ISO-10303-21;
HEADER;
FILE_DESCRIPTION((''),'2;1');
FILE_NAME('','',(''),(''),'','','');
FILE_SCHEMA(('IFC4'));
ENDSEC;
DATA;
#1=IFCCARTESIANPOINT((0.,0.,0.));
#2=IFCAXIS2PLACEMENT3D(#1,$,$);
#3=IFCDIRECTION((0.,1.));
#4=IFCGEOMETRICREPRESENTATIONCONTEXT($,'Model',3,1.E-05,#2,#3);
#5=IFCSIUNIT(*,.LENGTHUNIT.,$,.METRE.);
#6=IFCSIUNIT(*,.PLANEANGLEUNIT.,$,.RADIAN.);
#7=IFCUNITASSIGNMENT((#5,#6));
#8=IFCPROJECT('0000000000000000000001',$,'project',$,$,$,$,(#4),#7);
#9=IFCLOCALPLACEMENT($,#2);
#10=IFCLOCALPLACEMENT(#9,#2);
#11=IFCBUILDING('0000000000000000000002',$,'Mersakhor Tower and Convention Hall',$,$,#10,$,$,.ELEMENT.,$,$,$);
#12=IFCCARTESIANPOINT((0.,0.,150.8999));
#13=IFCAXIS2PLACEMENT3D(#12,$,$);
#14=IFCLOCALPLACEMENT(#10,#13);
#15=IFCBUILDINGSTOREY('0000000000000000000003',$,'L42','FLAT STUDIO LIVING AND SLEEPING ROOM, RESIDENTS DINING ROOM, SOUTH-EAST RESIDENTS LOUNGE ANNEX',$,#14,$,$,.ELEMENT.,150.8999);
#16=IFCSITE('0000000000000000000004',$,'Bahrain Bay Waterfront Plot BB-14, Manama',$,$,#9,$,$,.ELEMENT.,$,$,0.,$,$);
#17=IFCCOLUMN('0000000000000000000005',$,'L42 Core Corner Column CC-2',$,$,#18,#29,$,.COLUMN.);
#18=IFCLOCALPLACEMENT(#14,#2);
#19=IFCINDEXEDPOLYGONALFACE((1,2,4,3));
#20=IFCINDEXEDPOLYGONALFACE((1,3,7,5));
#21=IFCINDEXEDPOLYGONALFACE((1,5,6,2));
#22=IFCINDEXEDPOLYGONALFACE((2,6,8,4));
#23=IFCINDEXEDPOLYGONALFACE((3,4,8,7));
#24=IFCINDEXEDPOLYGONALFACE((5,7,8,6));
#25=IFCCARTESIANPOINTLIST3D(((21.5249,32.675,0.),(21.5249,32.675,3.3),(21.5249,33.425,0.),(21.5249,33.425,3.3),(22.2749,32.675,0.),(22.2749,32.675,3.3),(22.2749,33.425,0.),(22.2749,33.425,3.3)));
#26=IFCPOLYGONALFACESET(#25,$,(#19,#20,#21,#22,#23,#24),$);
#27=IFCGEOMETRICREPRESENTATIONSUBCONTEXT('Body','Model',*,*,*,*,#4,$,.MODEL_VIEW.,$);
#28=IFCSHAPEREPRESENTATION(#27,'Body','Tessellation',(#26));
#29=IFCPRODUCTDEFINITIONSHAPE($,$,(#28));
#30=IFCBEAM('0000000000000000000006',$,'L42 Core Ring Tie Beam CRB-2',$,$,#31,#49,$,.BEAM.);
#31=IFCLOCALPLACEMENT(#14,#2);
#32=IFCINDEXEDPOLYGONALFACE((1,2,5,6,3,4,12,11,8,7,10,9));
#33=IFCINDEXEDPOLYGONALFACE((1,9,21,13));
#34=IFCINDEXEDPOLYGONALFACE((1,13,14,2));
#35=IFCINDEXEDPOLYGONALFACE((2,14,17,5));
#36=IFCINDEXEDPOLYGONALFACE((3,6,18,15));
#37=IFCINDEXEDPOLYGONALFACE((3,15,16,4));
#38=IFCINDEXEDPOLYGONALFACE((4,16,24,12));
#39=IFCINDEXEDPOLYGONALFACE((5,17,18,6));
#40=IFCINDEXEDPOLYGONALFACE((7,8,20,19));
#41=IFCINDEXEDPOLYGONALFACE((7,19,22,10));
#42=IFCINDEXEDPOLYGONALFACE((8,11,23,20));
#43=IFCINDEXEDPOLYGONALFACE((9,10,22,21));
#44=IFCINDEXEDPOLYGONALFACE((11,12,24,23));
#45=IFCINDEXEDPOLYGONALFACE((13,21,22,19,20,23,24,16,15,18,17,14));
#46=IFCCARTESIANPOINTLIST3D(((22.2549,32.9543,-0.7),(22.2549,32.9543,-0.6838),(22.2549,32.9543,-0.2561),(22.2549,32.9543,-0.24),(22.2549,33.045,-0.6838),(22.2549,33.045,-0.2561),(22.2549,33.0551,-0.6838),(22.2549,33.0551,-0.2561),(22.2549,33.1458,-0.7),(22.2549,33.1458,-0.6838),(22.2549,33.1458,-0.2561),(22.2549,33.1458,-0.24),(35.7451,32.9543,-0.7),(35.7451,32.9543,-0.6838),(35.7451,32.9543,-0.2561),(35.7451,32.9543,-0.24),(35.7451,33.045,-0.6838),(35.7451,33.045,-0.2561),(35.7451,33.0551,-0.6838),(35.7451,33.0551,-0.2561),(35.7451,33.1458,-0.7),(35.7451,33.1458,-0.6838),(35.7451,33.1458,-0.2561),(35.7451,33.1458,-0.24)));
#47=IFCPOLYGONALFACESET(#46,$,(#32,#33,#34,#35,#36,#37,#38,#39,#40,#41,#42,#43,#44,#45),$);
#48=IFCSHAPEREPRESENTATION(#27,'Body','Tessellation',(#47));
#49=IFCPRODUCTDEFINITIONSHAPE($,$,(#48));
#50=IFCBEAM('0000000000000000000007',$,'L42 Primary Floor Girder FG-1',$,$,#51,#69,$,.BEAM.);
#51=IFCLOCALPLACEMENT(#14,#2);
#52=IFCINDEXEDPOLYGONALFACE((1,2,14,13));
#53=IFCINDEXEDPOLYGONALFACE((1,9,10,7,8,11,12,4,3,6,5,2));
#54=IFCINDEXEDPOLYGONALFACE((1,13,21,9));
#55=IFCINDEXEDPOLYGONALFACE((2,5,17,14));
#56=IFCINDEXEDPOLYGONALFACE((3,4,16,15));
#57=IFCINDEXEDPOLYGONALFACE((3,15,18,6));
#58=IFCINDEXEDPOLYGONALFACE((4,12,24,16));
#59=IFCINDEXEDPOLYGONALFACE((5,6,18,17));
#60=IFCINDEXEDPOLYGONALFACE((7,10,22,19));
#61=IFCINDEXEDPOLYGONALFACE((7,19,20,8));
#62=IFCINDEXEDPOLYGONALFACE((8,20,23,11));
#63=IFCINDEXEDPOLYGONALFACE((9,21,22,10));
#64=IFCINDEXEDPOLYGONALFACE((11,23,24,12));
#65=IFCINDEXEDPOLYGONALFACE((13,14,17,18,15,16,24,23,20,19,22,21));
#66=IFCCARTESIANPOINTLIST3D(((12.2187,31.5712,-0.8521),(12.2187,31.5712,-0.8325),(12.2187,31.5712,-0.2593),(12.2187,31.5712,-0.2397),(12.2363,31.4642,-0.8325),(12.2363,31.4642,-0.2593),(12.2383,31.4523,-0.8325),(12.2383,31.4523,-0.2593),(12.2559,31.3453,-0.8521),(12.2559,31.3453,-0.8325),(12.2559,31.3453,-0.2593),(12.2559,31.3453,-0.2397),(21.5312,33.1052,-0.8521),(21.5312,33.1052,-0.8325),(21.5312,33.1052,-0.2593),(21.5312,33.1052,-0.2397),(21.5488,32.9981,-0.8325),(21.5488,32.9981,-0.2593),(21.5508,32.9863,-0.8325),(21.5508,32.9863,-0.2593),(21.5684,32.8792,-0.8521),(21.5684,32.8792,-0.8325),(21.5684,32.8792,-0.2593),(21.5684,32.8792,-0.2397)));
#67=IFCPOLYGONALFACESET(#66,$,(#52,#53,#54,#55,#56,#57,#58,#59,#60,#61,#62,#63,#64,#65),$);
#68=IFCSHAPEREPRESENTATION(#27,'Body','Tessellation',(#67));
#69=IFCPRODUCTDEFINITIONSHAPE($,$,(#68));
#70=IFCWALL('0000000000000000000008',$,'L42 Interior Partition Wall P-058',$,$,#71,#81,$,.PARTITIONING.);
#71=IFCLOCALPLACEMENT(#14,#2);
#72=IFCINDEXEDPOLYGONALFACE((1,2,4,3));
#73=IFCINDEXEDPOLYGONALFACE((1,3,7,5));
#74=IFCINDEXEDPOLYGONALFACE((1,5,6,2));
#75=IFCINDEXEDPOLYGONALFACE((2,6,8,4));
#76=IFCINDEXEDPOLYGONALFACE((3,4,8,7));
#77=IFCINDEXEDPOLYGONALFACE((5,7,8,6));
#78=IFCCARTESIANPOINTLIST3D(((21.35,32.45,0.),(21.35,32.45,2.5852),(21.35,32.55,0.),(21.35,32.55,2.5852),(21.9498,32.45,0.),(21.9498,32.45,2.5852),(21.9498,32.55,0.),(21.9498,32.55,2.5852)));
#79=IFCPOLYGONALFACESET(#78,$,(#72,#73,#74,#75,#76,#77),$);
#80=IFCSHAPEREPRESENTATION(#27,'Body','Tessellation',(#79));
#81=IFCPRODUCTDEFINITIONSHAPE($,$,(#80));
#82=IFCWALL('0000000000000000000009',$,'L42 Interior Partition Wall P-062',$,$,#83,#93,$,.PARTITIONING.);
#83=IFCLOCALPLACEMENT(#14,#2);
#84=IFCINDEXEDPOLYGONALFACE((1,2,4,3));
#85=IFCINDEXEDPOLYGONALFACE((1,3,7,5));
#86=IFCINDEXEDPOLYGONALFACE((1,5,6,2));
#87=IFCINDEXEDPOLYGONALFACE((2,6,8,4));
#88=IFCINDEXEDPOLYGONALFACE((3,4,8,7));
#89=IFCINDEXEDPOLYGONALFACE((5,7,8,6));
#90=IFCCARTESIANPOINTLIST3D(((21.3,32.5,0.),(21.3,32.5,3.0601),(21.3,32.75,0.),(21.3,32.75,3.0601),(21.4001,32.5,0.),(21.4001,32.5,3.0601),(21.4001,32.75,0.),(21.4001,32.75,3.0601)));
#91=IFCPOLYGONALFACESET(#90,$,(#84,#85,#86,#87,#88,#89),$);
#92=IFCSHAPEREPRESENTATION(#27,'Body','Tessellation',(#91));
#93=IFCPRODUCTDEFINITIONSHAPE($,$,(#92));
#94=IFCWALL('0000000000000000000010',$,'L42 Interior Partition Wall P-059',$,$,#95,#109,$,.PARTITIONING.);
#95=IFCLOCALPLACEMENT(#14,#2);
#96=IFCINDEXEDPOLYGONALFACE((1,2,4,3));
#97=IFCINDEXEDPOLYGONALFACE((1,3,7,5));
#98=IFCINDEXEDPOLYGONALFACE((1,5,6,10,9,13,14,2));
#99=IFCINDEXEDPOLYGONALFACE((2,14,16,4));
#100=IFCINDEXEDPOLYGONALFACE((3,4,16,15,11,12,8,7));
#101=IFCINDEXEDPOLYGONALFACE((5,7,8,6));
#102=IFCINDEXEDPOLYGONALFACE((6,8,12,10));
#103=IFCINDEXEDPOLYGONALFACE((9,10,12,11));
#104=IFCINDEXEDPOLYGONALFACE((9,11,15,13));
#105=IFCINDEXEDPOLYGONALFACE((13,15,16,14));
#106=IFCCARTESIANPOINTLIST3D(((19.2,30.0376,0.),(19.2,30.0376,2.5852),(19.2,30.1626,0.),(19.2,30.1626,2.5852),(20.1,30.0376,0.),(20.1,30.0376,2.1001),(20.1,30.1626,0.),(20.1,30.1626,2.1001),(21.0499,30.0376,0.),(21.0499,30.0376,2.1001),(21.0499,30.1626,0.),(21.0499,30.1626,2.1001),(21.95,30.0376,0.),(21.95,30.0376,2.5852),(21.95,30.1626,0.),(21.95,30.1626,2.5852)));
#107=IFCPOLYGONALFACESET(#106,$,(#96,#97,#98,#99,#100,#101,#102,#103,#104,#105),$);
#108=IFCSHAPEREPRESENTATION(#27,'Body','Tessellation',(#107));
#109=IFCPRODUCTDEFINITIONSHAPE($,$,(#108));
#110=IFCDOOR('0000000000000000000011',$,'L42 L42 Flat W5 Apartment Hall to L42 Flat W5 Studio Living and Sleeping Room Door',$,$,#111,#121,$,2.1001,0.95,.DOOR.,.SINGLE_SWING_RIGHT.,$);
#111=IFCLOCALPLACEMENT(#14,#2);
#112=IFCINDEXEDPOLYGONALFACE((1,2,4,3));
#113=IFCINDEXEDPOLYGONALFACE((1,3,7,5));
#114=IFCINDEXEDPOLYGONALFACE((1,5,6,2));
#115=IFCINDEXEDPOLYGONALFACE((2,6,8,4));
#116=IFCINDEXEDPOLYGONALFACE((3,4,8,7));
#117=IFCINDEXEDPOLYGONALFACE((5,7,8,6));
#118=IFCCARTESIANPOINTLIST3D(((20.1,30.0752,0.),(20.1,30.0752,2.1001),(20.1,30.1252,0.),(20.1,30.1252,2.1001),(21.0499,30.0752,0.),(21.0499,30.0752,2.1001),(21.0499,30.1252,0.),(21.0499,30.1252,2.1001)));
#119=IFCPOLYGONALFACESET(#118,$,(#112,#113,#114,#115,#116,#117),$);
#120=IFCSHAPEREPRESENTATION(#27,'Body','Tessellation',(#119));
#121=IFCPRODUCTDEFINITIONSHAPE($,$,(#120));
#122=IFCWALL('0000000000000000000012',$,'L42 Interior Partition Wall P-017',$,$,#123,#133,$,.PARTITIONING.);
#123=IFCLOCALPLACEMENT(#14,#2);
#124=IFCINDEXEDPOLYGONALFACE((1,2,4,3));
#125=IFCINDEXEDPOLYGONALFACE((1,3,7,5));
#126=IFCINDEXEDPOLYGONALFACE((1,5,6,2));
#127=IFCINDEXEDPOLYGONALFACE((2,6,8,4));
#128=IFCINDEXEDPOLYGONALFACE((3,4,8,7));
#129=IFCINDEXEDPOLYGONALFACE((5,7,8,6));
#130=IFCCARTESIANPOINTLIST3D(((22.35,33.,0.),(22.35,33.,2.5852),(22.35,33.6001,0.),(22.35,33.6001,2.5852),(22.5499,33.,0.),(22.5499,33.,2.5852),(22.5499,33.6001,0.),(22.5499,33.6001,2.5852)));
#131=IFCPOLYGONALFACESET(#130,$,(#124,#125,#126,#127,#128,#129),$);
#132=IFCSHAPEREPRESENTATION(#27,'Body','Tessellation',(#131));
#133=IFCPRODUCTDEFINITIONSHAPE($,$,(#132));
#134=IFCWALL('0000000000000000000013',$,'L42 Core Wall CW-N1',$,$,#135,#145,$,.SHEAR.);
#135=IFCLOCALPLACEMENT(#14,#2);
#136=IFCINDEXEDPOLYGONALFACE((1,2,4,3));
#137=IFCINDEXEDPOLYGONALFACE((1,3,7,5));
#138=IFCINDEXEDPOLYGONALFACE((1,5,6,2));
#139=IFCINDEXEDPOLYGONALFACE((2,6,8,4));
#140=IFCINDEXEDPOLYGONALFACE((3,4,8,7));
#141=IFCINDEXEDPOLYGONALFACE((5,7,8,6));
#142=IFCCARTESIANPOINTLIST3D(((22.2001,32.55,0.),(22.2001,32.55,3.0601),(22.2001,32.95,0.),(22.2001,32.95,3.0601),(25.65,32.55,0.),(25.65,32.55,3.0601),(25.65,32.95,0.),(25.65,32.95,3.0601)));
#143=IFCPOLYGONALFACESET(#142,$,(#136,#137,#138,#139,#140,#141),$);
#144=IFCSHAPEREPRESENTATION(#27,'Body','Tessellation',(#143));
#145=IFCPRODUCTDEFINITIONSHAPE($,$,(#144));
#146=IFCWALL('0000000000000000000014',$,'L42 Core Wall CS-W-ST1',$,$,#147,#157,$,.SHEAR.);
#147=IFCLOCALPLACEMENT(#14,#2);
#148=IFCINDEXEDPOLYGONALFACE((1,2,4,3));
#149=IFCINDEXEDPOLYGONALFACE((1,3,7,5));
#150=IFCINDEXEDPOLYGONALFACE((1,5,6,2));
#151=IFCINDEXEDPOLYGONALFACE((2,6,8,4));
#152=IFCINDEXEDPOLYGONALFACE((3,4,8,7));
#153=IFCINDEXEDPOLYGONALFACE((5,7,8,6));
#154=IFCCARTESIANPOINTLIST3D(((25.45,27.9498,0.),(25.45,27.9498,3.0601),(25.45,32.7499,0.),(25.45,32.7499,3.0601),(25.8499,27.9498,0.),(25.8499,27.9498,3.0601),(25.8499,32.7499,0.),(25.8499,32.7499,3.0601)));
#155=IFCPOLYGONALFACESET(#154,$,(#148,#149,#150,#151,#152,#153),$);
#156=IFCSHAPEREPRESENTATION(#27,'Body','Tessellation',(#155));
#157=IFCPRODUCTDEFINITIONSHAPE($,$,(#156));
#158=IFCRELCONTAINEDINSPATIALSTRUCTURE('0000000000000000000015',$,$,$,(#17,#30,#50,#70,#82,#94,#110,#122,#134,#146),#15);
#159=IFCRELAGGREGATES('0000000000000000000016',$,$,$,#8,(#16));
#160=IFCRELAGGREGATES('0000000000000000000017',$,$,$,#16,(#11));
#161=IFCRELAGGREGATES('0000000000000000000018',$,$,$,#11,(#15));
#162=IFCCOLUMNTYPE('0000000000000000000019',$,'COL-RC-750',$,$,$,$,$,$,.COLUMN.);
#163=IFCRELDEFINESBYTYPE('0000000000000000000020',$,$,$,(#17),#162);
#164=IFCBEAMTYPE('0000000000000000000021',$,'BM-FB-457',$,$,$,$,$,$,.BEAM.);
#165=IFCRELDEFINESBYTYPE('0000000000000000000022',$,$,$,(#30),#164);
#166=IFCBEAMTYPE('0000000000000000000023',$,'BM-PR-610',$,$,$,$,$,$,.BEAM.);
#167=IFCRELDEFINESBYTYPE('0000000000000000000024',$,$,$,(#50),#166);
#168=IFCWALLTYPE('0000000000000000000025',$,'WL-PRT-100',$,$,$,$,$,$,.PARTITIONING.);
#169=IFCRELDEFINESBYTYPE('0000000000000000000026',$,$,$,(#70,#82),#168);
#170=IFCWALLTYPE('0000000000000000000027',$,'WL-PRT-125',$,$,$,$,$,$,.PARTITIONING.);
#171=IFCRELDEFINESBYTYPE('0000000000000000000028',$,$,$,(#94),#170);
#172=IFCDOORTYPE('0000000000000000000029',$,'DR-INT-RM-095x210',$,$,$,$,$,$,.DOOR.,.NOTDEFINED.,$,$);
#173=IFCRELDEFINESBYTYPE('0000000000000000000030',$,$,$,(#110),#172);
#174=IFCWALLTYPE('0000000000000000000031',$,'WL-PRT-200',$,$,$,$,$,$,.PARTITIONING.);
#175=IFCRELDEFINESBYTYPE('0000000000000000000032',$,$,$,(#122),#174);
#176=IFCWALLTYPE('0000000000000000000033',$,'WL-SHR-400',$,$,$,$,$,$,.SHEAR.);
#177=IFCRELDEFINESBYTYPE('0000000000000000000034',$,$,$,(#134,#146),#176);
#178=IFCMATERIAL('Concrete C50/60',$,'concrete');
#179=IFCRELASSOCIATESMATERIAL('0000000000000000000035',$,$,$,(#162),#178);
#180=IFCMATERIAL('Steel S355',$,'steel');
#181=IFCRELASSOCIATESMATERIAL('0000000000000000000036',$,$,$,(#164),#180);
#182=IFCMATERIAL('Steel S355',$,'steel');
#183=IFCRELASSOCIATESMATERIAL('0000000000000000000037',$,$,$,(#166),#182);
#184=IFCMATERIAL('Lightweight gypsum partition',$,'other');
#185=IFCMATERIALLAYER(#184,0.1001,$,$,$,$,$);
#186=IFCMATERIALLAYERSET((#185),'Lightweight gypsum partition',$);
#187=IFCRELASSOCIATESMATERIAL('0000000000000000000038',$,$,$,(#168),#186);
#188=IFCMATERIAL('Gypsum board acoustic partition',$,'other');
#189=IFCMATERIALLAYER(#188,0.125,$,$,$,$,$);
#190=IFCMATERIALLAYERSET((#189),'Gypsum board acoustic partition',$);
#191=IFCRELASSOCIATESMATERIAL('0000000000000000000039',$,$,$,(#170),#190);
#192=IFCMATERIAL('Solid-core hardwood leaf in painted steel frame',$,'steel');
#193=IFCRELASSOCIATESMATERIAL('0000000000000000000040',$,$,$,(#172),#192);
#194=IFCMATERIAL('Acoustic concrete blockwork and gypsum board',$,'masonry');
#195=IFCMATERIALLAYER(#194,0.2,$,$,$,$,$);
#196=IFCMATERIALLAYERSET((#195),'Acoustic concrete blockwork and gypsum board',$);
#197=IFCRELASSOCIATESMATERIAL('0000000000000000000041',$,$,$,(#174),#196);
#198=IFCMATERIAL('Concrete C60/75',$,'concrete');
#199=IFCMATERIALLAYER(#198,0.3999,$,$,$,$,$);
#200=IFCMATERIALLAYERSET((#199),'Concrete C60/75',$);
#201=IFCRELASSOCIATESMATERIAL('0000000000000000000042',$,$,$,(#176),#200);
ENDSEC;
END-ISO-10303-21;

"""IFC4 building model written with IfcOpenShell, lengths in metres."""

from ifc_helpers import new_model, si_unit, direction, frame, frame_2d, origin, origin_2d, place, context, subcontext, project, spatial, rectangle, i_section, extrude, material, layer, layer_set, material_profile, profile_set, type_object, element, fill, save


model = new_model("IFC4")

# Units and contexts
model_context = context("Model", 3, precision=1e-05, world=origin(), true_north=direction((0.0, 1.0)))
body_context = subcontext(model_context, "Body", "Model", "MODEL_VIEW")
ifc_project = project(units=[si_unit("LENGTHUNIT", "METRE"), si_unit("PLANEANGLEUNIT", "RADIAN")], contexts=[model_context])

# Site, building, storey
site_placement = place(None, origin())
site = spatial("IfcSite", under=ifc_project, at=site_placement, Name="Bahrain Bay Waterfront Plot BB-14, Manama", CompositionType="ELEMENT", RefElevation=0.0)
building_placement = place(site_placement, origin())
building = spatial("IfcBuilding", under=site, at=building_placement, Name="Mersakhor Tower and Convention Hall", CompositionType="ELEMENT")
storey_placement = place(building_placement, frame((0.0, 0.0, 150.8999)))
storey = spatial("IfcBuildingStorey", under=building, at=storey_placement, Name="L42", Description="FLAT STUDIO LIVING AND SLEEPING ROOM, RESIDENTS DINING ROOM, SOUTH-EAST RESIDENTS LOUNGE ANNEX", CompositionType="ELEMENT", Elevation=150.8999)

# Column
ifc_material_1 = material(Name="Concrete C50/60", Category="concrete")
ifc_material_profile_1 = material_profile(ifc_material_1, rectangle(XDim=0.75, YDim=0.75, at=origin_2d()), Name="RC 750x750")
ifc_profile_set_1 = profile_set([ifc_material_profile_1], Name="Concrete C50/60")
column_type = type_object("IfcColumnType", Name="COL-RC-750", PredefinedType="COLUMN", material=ifc_profile_set_1)
column_placement = place(storey_placement, frame((21.8999, 33.05, 0.0), z_axis=(0.0, 0.0, 1.0), x_axis=(1.0, 0.0, 0.0)))
element("IfcColumn", 1, at=column_placement, inside=storey, type_object=column_type, Name="L42 Core Corner Column CC-2", PredefinedType="COLUMN", context=body_context, shape_type="SweptSolid", body=[
    extrude(rectangle(XDim=0.75, YDim=0.75, at=origin_2d()), origin(), (0.0, 0.0, 1.0), 3.3),
])

# Beams
ifc_material_2 = material(Name="Steel S355", Category="steel")
ifc_material_profile_2 = material_profile(ifc_material_2, i_section(OverallWidth=0.1914, OverallDepth=0.46, WebThickness=0.01, FlangeThickness=0.0161, at=origin_2d()), Name="UB 457x191x82")
ifc_profile_set_2 = profile_set([ifc_material_profile_2], Name="Steel S355")
beam_type_1 = type_object("IfcBeamType", Name="BM-FB-457", PredefinedType="BEAM", material=ifc_profile_set_2)
beam_1_placement = place(storey_placement, frame((22.2549, 33.05, -0.47), z_axis=(1.0, 0.0, 0.0), x_axis=(0.0, 1.0, 0.0)))
element("IfcBeam", 2, at=beam_1_placement, inside=storey, type_object=beam_type_1, Name="L42 Core Ring Tie Beam CRB-2", PredefinedType="BEAM", context=body_context, shape_type="SweptSolid", body=[
    extrude(i_section(OverallWidth=0.1914, OverallDepth=0.46, WebThickness=0.01, FlangeThickness=0.0161, at=origin_2d()), origin(), (0.0, 0.0, 1.0), 13.4902),
])
ifc_material_3 = material(Name="Steel S355", Category="steel")
ifc_material_profile_3 = material_profile(ifc_material_3, i_section(OverallWidth=0.229, OverallDepth=0.6123, WebThickness=0.012, FlangeThickness=0.0195, at=origin_2d()), Name="UB 610x229x125")
ifc_profile_set_3 = profile_set([ifc_material_profile_3], Name="Steel S355")
beam_type_2 = type_object("IfcBeamType", Name="BM-PR-610", PredefinedType="BEAM", material=ifc_profile_set_3)
beam_2_placement = place(storey_placement, frame((21.5498, 32.9922, -0.5459), z_axis=(-0.986704, -0.162528, 0.0), x_axis=(0.162528, -0.986704, 0.0)))
element("IfcBeam", 3, at=beam_2_placement, inside=storey, type_object=beam_type_2, Name="L42 Primary Floor Girder FG-1", PredefinedType="BEAM", context=body_context, shape_type="SweptSolid", body=[
    extrude(i_section(OverallWidth=0.229, OverallDepth=0.6123, WebThickness=0.012, FlangeThickness=0.0195, at=origin_2d()), origin(), (0.0, 0.0, 1.0), 9.438),
])

# Walls
ifc_material_4 = material(Name="Lightweight gypsum partition", Category="other")
ifc_layer_1 = layer(ifc_material_4, 0.1001)
ifc_layer_set_1 = layer_set([ifc_layer_1], Name="Lightweight gypsum partition")
wall_type_1 = type_object("IfcWallType", Name="WL-PRT-100", PredefinedType="PARTITIONING", material=ifc_layer_set_1)
wall_1_placement = place(storey_placement, frame((21.3501, 32.5, 0.0), z_axis=(0.0, 0.0, 1.0), x_axis=(1.0, 0.0, 0.0)))
element("IfcWall", 4, at=wall_1_placement, inside=storey, type_object=wall_type_1, Name="L42 Interior Partition Wall P-058", PredefinedType="PARTITIONING", context=body_context, shape_type="SweptSolid", body=[
    extrude(rectangle(XDim=0.5999, YDim=0.1001, at=frame_2d((0.2998, 0.0))), origin(), (0.0, 0.0, 1.0), 2.5852),
])
wall_2_placement = place(storey_placement, frame((21.3501, 32.75, 0.0), z_axis=(0.0, 0.0, 1.0), x_axis=(0.0, -1.0, 0.0)))
element("IfcWall", 5, at=wall_2_placement, inside=storey, type_object=wall_type_1, Name="L42 Interior Partition Wall P-062", PredefinedType="PARTITIONING", context=body_context, shape_type="SweptSolid", body=[
    extrude(rectangle(XDim=0.25, YDim=0.1001, at=frame_2d((0.125, 0.0))), origin(), (0.0, 0.0, 1.0), 3.0601),
])

# Wall, opening, door
ifc_material_5 = material(Name="Gypsum board acoustic partition", Category="other")
ifc_layer_2 = layer(ifc_material_5, 0.125)
ifc_layer_set_2 = layer_set([ifc_layer_2], Name="Gypsum board acoustic partition")
wall_type_2 = type_object("IfcWallType", Name="WL-PRT-125", PredefinedType="PARTITIONING", material=ifc_layer_set_2)
wall_3_placement = place(storey_placement, frame((21.95, 30.1001, 0.0), z_axis=(0.0, 0.0, 1.0), x_axis=(-1.0, 0.0, 0.0)))
wall_3 = element("IfcWall", 6, at=wall_3_placement, inside=storey, type_object=wall_type_2, Name="L42 Interior Partition Wall P-059", PredefinedType="PARTITIONING", context=body_context, shape_type="SweptSolid", body=[
    extrude(rectangle(XDim=2.75, YDim=0.125, at=frame_2d((1.375, 0.0))), origin(), (0.0, 0.0, 1.0), 2.5852),
])
opening_1_placement = place(wall_3_placement, frame((0.8999, 0.0, 0.0)))
opening_1 = element("IfcOpeningElement", 7, at=opening_1_placement, cuts=wall_3, PredefinedType="OPENING", context=body_context, shape_type="SweptSolid", body=[
    extrude(rectangle(XDim=0.95, YDim=2.1001, at=frame_2d((0.4751, 1.05))), frame((0.0, 0.0725, 0.0), z_axis=(0.0, -1.0, 0.0), x_axis=(1.0, 0.0, 0.0)), (0.0, 0.0, 1.0), 0.145),
])
ifc_material_6 = material(Name="Solid-core hardwood leaf in painted steel frame", Category="steel")
door_type_1 = type_object("IfcDoorType", Name="DR-INT-RM-095x210", OperationType="NOTDEFINED", PredefinedType="DOOR", material=ifc_material_6)
door_1_placement = place(opening_1_placement, origin())
door_1 = element("IfcDoor", 8, at=door_1_placement, inside=storey, type_object=door_type_1, Name="L42 L42 Flat W5 Apartment Hall to L42 Flat W5 Studio Living and Sleeping Room Door", OperationType="SINGLE_SWING_RIGHT", OverallHeight=2.1001, OverallWidth=0.95, PredefinedType="DOOR", context=body_context, shape_type="SweptSolid", body=[
    extrude(rectangle(XDim=0.95, YDim=2.1001, at=frame_2d((0.4751, 1.05))), frame((0.0, 0.0249, 0.0), z_axis=(0.0, -1.0, 0.0), x_axis=(1.0, 0.0, 0.0)), (0.0, 0.0, 1.0), 0.05),
])
fill(opening_1, door_1)

# Wall
ifc_material_7 = material(Name="Acoustic concrete blockwork and gypsum board", Category="masonry")
ifc_layer_3 = layer(ifc_material_7, 0.2)
ifc_layer_set_3 = layer_set([ifc_layer_3], Name="Acoustic concrete blockwork and gypsum board")
wall_type_3 = type_object("IfcWallType", Name="WL-PRT-200", PredefinedType="PARTITIONING", material=ifc_layer_set_3)
wall_4_placement = place(storey_placement, frame((22.45, 33.0, 0.0), z_axis=(0.0, 0.0, 1.0), x_axis=(0.0, 1.0, 0.0)))
element("IfcWall", 9, at=wall_4_placement, inside=storey, type_object=wall_type_3, Name="L42 Interior Partition Wall P-017", PredefinedType="PARTITIONING", context=body_context, shape_type="SweptSolid", body=[
    extrude(rectangle(XDim=0.6001, YDim=0.2, at=frame_2d((0.3, 0.0))), origin(), (0.0, 0.0, 1.0), 2.5852),
])

# Wall
ifc_material_8 = material(Name="Concrete C60/75", Category="concrete")
ifc_layer_4 = layer(ifc_material_8, 0.3999)
ifc_layer_set_4 = layer_set([ifc_layer_4], Name="Concrete C60/75")
wall_type_4 = type_object("IfcWallType", Name="WL-SHR-400", PredefinedType="SHEAR", material=ifc_layer_set_4)
wall_5_placement = place(storey_placement, frame((22.2, 32.75, 0.0), z_axis=(0.0, 0.0, 1.0), x_axis=(1.0, 0.0, 0.0)))
element("IfcWall", 10, at=wall_5_placement, inside=storey, type_object=wall_type_4, Name="L42 Core Wall CW-N1", PredefinedType="SHEAR", context=body_context, shape_type="SweptSolid", body=[
    extrude(rectangle(XDim=3.45, YDim=0.3999, at=frame_2d((1.7251, 0.0))), origin(), (0.0, 0.0, 1.0), 3.0601),
])

# Wall
wall_6_placement = place(storey_placement, frame((25.6499, 27.95, 0.0), z_axis=(0.0, 0.0, 1.0), x_axis=(0.0, 1.0, 0.0)))
element("IfcWall", 11, at=wall_6_placement, inside=storey, type_object=wall_type_4, Name="L42 Core Wall CS-W-ST1", PredefinedType="SHEAR", context=body_context, shape_type="SweptSolid", body=[
    extrude(rectangle(XDim=4.8, YDim=0.3999, at=frame_2d((2.3999, 0.0))), origin(), (0.0, 0.0, 1.0), 3.0601),
])

save(model, "model.ifc")
